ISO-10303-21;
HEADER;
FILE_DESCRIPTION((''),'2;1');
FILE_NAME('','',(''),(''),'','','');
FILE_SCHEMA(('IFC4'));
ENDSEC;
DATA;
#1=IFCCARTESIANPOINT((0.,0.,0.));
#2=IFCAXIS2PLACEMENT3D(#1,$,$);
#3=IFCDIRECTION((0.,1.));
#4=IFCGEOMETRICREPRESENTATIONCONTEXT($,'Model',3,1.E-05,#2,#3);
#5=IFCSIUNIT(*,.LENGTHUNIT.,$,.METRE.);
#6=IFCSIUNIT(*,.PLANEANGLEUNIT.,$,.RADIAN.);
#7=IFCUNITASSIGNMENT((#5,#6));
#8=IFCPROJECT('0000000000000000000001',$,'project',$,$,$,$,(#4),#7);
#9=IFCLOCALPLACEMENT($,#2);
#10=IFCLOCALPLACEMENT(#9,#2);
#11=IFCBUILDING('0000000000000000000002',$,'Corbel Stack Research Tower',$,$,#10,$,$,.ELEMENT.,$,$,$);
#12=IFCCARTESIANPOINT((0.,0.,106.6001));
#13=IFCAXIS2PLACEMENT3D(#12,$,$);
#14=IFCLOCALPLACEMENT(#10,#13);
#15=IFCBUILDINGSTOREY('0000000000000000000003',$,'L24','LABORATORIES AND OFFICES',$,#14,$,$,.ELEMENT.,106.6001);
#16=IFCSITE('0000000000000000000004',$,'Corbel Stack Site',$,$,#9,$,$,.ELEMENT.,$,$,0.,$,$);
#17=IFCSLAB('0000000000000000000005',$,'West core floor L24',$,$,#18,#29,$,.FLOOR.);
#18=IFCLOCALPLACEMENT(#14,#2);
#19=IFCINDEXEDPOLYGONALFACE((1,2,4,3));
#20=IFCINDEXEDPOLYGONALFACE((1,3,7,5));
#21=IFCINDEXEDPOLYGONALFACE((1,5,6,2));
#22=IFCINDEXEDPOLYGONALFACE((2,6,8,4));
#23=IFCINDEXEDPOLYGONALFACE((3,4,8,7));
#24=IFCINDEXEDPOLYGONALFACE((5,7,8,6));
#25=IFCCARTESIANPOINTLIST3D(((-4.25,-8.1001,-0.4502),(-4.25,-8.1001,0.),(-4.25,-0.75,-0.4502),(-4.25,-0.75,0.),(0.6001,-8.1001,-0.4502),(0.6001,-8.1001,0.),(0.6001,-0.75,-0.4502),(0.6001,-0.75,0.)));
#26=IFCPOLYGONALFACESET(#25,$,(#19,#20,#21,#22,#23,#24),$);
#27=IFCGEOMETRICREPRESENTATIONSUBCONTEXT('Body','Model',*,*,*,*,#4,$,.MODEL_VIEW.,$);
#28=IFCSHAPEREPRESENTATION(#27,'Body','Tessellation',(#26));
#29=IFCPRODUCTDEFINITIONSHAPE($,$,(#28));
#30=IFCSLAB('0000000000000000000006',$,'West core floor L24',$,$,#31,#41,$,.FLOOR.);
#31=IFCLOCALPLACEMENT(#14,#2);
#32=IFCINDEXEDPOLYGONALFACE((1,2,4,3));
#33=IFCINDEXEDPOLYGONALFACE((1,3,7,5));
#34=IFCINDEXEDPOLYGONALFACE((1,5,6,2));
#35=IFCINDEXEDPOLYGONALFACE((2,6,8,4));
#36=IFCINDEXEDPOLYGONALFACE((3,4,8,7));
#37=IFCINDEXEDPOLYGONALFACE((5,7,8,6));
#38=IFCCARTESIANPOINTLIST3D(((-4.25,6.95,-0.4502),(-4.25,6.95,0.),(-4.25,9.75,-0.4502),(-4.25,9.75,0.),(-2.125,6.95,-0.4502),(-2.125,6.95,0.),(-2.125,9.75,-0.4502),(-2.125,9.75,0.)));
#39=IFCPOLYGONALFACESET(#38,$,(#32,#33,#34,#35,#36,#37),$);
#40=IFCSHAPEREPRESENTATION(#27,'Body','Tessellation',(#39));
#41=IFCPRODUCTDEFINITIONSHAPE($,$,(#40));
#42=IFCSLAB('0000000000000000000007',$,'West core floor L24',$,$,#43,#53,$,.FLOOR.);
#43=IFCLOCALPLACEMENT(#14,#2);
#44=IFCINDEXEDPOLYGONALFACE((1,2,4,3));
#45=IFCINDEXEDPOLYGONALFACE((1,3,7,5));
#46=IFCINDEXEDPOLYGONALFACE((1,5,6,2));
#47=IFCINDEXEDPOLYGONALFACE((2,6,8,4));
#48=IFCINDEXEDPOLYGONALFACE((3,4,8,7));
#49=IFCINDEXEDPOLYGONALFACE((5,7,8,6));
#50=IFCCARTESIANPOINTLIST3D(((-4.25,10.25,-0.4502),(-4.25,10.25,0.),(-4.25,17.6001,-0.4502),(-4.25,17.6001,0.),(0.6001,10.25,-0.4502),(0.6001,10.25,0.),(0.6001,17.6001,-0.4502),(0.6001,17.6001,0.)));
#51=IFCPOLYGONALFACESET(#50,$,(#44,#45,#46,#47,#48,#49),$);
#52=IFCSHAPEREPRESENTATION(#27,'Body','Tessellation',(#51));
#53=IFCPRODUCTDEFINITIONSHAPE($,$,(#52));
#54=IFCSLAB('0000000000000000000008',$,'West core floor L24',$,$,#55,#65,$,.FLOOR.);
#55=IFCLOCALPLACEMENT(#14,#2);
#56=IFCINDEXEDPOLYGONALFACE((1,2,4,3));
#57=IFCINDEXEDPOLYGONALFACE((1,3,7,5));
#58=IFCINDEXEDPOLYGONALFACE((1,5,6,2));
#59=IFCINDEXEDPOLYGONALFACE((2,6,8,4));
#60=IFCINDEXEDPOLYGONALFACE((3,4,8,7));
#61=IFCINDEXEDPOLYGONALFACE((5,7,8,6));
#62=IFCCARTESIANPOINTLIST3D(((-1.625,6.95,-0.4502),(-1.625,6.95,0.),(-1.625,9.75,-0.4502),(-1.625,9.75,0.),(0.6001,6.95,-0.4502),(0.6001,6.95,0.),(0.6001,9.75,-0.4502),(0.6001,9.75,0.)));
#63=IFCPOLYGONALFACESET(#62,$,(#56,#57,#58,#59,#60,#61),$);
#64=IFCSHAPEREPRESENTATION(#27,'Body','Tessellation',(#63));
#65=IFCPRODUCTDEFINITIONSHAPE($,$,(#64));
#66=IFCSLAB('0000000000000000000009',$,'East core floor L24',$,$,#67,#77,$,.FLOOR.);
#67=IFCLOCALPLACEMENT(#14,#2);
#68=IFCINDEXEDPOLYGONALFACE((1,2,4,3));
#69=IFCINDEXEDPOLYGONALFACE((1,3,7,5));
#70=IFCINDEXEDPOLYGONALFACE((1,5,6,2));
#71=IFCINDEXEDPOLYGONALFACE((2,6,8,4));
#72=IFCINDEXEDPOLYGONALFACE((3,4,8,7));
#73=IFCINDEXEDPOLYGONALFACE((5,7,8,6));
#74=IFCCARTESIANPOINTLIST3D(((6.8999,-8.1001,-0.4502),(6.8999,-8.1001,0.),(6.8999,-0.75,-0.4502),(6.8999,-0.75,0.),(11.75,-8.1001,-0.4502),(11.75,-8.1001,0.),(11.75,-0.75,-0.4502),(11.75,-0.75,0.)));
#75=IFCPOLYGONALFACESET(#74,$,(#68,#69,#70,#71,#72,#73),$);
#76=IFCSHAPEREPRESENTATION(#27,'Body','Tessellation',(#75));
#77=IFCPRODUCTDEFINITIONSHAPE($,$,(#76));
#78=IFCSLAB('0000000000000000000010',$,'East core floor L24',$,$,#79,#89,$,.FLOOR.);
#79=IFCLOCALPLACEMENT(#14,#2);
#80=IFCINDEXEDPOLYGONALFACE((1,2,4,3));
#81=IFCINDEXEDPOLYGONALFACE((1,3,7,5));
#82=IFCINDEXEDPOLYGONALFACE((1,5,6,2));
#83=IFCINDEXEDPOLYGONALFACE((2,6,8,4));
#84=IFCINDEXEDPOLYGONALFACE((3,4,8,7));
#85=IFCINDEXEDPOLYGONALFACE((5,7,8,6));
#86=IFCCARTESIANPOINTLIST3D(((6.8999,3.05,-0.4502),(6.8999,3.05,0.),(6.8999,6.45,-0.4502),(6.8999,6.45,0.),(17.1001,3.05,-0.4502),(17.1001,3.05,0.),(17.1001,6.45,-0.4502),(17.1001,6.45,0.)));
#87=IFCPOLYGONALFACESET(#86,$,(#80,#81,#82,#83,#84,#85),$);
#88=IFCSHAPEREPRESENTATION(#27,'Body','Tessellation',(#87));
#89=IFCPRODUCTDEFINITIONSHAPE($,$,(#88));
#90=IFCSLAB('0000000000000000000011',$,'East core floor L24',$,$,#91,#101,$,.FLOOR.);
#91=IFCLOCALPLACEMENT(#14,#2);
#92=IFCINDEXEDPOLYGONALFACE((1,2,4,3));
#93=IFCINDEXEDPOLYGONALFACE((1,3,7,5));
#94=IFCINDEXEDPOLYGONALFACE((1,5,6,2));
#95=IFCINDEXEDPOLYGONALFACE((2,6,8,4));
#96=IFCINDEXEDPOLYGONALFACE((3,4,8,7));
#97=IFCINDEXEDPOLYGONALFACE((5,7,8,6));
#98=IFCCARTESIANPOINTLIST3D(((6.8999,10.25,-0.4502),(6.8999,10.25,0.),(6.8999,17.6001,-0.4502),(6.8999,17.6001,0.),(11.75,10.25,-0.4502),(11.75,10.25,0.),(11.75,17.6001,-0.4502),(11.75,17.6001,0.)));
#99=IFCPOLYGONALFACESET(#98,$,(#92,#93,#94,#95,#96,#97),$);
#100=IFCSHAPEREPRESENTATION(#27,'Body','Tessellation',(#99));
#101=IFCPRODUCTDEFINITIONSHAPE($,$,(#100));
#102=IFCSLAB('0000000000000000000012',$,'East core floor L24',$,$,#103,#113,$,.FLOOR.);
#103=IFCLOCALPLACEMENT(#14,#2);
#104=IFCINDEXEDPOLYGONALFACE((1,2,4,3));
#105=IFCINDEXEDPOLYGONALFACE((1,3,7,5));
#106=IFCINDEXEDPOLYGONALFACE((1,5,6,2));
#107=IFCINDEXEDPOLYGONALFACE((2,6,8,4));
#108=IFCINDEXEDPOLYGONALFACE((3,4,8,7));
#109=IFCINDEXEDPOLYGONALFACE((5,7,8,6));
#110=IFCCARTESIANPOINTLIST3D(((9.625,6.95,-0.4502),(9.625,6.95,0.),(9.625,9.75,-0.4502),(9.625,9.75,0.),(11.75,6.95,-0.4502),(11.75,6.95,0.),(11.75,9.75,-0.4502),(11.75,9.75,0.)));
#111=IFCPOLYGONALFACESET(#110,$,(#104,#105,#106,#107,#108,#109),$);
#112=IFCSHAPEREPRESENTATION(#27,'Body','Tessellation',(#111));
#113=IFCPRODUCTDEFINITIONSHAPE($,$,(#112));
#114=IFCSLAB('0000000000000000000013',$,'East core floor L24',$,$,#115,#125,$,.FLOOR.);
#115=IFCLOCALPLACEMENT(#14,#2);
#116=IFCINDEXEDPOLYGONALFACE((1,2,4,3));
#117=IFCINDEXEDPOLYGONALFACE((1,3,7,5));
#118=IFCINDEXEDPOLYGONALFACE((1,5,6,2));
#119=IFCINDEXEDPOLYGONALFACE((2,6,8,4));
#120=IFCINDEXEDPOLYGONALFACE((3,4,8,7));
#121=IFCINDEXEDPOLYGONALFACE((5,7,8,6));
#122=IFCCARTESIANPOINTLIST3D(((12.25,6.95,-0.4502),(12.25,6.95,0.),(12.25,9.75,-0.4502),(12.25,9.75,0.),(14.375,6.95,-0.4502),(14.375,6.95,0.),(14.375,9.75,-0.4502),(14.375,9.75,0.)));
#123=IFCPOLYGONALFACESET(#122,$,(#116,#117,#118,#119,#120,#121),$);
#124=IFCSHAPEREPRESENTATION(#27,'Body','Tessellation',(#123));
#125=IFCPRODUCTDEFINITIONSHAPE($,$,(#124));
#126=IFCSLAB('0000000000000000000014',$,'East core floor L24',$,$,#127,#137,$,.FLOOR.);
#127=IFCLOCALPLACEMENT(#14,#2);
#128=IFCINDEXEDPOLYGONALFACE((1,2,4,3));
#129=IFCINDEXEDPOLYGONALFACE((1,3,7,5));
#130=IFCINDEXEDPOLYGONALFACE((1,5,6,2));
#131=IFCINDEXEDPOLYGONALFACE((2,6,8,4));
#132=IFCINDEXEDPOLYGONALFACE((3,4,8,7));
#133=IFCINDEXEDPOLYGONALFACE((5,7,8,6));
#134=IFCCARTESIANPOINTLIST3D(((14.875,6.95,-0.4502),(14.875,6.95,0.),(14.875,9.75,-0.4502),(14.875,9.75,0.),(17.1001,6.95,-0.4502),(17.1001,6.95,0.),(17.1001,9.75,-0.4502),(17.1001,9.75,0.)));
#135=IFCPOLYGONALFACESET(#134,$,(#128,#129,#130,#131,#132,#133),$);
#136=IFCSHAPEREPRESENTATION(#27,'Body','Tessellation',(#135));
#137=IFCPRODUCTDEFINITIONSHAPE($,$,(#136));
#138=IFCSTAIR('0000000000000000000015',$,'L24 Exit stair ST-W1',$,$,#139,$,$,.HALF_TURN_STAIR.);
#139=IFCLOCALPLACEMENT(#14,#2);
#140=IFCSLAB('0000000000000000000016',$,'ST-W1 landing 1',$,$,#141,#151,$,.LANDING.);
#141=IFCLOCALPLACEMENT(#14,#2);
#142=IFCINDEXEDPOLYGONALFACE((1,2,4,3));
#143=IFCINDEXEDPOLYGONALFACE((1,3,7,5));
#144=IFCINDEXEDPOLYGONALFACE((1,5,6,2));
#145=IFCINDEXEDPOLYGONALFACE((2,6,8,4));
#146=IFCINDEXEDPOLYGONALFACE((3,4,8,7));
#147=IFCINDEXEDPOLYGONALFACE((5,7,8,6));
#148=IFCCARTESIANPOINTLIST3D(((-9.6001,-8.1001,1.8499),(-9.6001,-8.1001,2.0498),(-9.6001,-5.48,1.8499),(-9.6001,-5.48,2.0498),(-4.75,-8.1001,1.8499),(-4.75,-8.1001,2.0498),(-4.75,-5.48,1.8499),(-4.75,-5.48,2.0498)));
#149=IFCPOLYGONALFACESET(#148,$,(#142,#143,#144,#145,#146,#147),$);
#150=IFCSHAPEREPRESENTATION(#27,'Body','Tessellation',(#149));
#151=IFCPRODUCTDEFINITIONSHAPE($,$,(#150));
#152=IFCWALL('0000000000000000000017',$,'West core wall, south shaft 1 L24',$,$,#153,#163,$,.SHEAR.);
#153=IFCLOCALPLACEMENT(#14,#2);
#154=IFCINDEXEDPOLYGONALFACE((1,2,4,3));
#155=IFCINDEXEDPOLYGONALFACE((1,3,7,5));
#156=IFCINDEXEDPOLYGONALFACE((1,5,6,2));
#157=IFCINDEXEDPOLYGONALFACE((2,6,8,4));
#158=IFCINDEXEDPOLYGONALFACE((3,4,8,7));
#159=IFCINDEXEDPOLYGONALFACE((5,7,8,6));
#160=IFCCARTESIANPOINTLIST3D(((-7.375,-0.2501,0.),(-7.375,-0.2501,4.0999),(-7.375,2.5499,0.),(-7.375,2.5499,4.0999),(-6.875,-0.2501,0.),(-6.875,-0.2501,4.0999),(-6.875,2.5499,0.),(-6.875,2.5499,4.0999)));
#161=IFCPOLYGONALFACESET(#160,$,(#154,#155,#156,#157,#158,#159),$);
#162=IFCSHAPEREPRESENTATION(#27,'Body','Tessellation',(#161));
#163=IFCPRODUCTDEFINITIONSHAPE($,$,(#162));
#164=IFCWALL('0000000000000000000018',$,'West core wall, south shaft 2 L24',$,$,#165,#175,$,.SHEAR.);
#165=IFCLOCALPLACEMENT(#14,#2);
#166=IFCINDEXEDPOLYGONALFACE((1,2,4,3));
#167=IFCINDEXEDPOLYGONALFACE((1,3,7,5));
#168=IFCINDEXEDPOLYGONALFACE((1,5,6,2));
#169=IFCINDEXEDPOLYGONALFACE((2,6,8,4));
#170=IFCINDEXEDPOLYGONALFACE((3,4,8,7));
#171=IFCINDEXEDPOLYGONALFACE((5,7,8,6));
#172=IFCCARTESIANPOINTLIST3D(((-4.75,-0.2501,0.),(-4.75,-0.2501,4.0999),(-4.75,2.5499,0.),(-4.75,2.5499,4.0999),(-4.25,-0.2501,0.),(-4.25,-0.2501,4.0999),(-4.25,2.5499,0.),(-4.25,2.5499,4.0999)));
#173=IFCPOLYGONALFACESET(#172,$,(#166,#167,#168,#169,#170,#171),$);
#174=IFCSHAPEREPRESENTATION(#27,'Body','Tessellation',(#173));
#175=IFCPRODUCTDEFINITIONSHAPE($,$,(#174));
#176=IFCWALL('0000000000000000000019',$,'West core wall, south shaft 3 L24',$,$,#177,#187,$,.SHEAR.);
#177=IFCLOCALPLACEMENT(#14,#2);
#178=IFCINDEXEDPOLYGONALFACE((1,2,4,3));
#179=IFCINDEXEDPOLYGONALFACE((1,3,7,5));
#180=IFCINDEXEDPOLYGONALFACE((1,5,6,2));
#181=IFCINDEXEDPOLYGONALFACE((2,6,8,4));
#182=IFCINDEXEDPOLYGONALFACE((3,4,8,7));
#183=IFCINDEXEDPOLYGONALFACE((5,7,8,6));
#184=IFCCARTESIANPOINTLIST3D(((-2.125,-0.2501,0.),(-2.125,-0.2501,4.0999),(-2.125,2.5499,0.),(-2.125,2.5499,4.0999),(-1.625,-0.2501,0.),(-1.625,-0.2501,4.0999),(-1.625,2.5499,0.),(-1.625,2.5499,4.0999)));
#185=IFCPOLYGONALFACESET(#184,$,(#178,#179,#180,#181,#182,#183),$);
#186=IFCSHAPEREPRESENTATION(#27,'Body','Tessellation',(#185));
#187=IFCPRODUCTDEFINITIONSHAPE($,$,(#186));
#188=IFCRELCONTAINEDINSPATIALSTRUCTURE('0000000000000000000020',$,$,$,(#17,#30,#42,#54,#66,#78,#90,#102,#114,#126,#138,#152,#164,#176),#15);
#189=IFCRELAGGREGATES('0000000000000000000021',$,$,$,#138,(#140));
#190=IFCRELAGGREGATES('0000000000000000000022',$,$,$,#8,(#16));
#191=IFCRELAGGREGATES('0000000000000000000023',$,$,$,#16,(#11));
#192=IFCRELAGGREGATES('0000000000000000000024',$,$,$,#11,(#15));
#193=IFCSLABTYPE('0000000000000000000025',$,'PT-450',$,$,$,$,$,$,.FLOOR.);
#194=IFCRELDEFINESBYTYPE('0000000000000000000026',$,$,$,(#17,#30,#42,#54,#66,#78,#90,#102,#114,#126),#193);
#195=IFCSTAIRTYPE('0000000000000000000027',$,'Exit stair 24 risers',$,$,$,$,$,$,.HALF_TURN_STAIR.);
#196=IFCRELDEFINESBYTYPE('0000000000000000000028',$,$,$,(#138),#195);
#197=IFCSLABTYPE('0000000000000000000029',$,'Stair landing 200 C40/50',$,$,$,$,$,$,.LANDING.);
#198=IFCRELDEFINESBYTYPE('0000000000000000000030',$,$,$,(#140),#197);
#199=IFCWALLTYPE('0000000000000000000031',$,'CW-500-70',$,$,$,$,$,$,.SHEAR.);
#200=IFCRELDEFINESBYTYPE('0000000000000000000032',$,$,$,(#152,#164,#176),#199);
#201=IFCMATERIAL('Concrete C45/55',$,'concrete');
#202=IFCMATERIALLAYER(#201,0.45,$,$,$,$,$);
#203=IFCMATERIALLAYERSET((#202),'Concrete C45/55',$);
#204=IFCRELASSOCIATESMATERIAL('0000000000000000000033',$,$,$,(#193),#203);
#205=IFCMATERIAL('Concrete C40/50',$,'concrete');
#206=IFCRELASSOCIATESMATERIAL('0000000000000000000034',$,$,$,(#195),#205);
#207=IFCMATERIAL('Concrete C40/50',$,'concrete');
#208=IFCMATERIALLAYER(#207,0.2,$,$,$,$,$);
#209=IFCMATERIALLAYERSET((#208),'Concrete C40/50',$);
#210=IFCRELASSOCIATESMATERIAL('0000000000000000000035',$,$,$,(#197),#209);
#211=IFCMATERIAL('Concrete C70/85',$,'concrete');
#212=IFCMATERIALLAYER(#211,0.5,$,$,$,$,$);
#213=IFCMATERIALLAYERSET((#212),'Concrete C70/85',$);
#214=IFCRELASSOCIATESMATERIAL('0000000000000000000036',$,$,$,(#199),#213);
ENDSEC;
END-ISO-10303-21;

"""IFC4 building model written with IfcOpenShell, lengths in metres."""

from ifc_helpers import new_model, si_unit, direction, frame, frame_2d, origin, place, context, subcontext, project, spatial, polyline, rectangle, outline, extrude, material, layer, layer_set, type_object, element, aggregate, save


model = new_model("IFC4")

# Units and contexts
model_context = context("Model", 3, precision=1e-05, world=origin(), true_north=direction((0.0, 1.0)))
body_context = subcontext(model_context, "Body", "Model", "MODEL_VIEW")
ifc_project = project(units=[si_unit("LENGTHUNIT", "METRE"), si_unit("PLANEANGLEUNIT", "RADIAN")], contexts=[model_context])

# Site, building, storey
site_placement = place(None, origin())
site = spatial("IfcSite", under=ifc_project, at=site_placement, Name="Corbel Stack Site", CompositionType="ELEMENT", RefElevation=0.0)
building_placement = place(site_placement, origin())
building = spatial("IfcBuilding", under=site, at=building_placement, Name="Corbel Stack Research Tower", CompositionType="ELEMENT")
storey_placement = place(building_placement, frame((0.0, 0.0, 106.6001)))
storey = spatial("IfcBuildingStorey", under=building, at=storey_placement, Name="L24", Description="LABORATORIES AND OFFICES", CompositionType="ELEMENT", Elevation=106.6001)

# Slabs
ifc_material_1 = material(Name="Concrete C45/55", Category="concrete")
ifc_layer_1 = layer(ifc_material_1, 0.45)
ifc_layer_set_1 = layer_set([ifc_layer_1], Name="Concrete C45/55")
slab_type_1 = type_object("IfcSlabType", Name="PT-450", PredefinedType="FLOOR", material=ifc_layer_set_1)
slab_1_placement = place(storey_placement, frame((0.0, 0.0, -0.4502)))
element("IfcSlab", 1, at=slab_1_placement, inside=storey, type_object=slab_type_1, Name="West core floor L24", PredefinedType="FLOOR", context=body_context, shape_type="SweptSolid", body=[
    extrude(outline(polyline([(0.6001, -8.1001), (0.6001, -0.75), (-4.25, -0.75), (-4.25, -8.1001), (0.6001, -8.1001)])), origin(), (0.0, 0.0, 1.0), 0.4502),
])
slab_2_placement = place(storey_placement, frame((0.0, 0.0, -0.4502)))
element("IfcSlab", 2, at=slab_2_placement, inside=storey, type_object=slab_type_1, Name="West core floor L24", PredefinedType="FLOOR", context=body_context, shape_type="SweptSolid", body=[
    extrude(outline(polyline([(-2.125, 6.95), (-2.125, 9.75), (-4.25, 9.75), (-4.25, 6.95), (-2.125, 6.95)])), origin(), (0.0, 0.0, 1.0), 0.4502),
])
slab_3_placement = place(storey_placement, frame((0.0, 0.0, -0.4502)))
element("IfcSlab", 3, at=slab_3_placement, inside=storey, type_object=slab_type_1, Name="West core floor L24", PredefinedType="FLOOR", context=body_context, shape_type="SweptSolid", body=[
    extrude(outline(polyline([(0.6001, 17.6001), (-4.25, 17.6001), (-4.25, 10.25), (0.6001, 10.25), (0.6001, 17.6001)])), origin(), (0.0, 0.0, 1.0), 0.4502),
])
slab_4_placement = place(storey_placement, frame((0.0, 0.0, -0.4502)))
element("IfcSlab", 4, at=slab_4_placement, inside=storey, type_object=slab_type_1, Name="West core floor L24", PredefinedType="FLOOR", context=body_context, shape_type="SweptSolid", body=[
    extrude(outline(polyline([(0.6001, 9.75), (-1.625, 9.75), (-1.625, 6.95), (0.6001, 6.95), (0.6001, 9.75)])), origin(), (0.0, 0.0, 1.0), 0.4502),
])
slab_5_placement = place(storey_placement, frame((0.0, 0.0, -0.4502)))
element("IfcSlab", 5, at=slab_5_placement, inside=storey, type_object=slab_type_1, Name="East core floor L24", PredefinedType="FLOOR", context=body_context, shape_type="SweptSolid", body=[
    extrude(outline(polyline([(11.75, -0.75), (6.8999, -0.75), (6.8999, -8.1001), (11.75, -8.1001), (11.75, -0.75)])), origin(), (0.0, 0.0, 1.0), 0.4502),
])
slab_6_placement = place(storey_placement, frame((0.0, 0.0, -0.4502)))
element("IfcSlab", 6, at=slab_6_placement, inside=storey, type_object=slab_type_1, Name="East core floor L24", PredefinedType="FLOOR", context=body_context, shape_type="SweptSolid", body=[
    extrude(outline(polyline([(6.8999, 6.45), (6.8999, 3.05), (17.1001, 3.05), (17.1001, 6.45), (6.8999, 6.45)])), origin(), (0.0, 0.0, 1.0), 0.4502),
])
slab_7_placement = place(storey_placement, frame((0.0, 0.0, -0.4502)))
element("IfcSlab", 7, at=slab_7_placement, inside=storey, type_object=slab_type_1, Name="East core floor L24", PredefinedType="FLOOR", context=body_context, shape_type="SweptSolid", body=[
    extrude(outline(polyline([(6.8999, 17.6001), (6.8999, 10.25), (11.75, 10.25), (11.75, 17.6001), (6.8999, 17.6001)])), origin(), (0.0, 0.0, 1.0), 0.4502),
])
slab_8_placement = place(storey_placement, frame((0.0, 0.0, -0.4502)))
element("IfcSlab", 8, at=slab_8_placement, inside=storey, type_object=slab_type_1, Name="East core floor L24", PredefinedType="FLOOR", context=body_context, shape_type="SweptSolid", body=[
    extrude(outline(polyline([(9.625, 6.95), (11.75, 6.95), (11.75, 9.75), (9.625, 9.75), (9.625, 6.95)])), origin(), (0.0, 0.0, 1.0), 0.4502),
])
slab_9_placement = place(storey_placement, frame((0.0, 0.0, -0.4502)))
element("IfcSlab", 9, at=slab_9_placement, inside=storey, type_object=slab_type_1, Name="East core floor L24", PredefinedType="FLOOR", context=body_context, shape_type="SweptSolid", body=[
    extrude(outline(polyline([(14.375, 6.95), (14.375, 9.75), (12.25, 9.75), (12.25, 6.95), (14.375, 6.95)])), origin(), (0.0, 0.0, 1.0), 0.4502),
])
slab_10_placement = place(storey_placement, frame((0.0, 0.0, -0.4502)))
element("IfcSlab", 10, at=slab_10_placement, inside=storey, type_object=slab_type_1, Name="East core floor L24", PredefinedType="FLOOR", context=body_context, shape_type="SweptSolid", body=[
    extrude(outline(polyline([(17.1001, 6.95), (17.1001, 9.75), (14.875, 9.75), (14.875, 6.95), (17.1001, 6.95)])), origin(), (0.0, 0.0, 1.0), 0.4502),
])

# Stair, slab
ifc_material_2 = material(Name="Concrete C40/50", Category="concrete")
stair_type = type_object("IfcStairType", Name="Exit stair 24 risers", PredefinedType="HALF_TURN_STAIR", material=ifc_material_2)
stair_placement = place(storey_placement, origin())
stair = element("IfcStair", 11, at=stair_placement, inside=storey, type_object=stair_type, Name="L24 Exit stair ST-W1", PredefinedType="HALF_TURN_STAIR")
ifc_material_3 = material(Name="Concrete C40/50", Category="concrete")
ifc_layer_2 = layer(ifc_material_3, 0.2)
ifc_layer_set_2 = layer_set([ifc_layer_2], Name="Concrete C40/50")
slab_type_2 = type_object("IfcSlabType", Name="Stair landing 200 C40/50", PredefinedType="LANDING", material=ifc_layer_set_2)
slab_11_placement = place(storey_placement, frame((0.0, 0.0, 1.8499)))
slab_11 = element("IfcSlab", 12, at=slab_11_placement, type_object=slab_type_2, Name="ST-W1 landing 1", PredefinedType="LANDING", context=body_context, shape_type="SweptSolid", body=[
    extrude(outline(polyline([(-9.6001, -8.1001), (-9.6001, -5.48), (-4.75, -5.48), (-4.75, -8.1001), (-9.6001, -8.1001)])), origin(), (0.0, 0.0, 1.0), 0.2),
])
aggregate(stair, [slab_11])

# Walls
ifc_material_4 = material(Name="Concrete C70/85", Category="concrete")
ifc_layer_3 = layer(ifc_material_4, 0.5)
ifc_layer_set_3 = layer_set([ifc_layer_3], Name="Concrete C70/85")
wall_type = type_object("IfcWallType", Name="CW-500-70", PredefinedType="SHEAR", material=ifc_layer_set_3)
for number, where, z_axis, x_axis, name in (
    (13, (-7.125, -0.25, 0.0), (0.0, 0.0, 1.0), (0.0, 1.0, 0.0), "West core wall, south shaft 1 L24"),
    (14, (-4.5, -0.25, 0.0), (0.0, 0.0, 1.0), (0.0, 1.0, 0.0), "West core wall, south shaft 2 L24"),
    (15, (-1.875, -0.25, 0.0), (0.0, 0.0, 1.0), (0.0, 1.0, 0.0), "West core wall, south shaft 3 L24"),
):
    element("IfcWall", number, at=place(storey_placement, frame(where, z_axis=z_axis, x_axis=x_axis)), inside=storey, type_object=wall_type, Name=name, PredefinedType="SHEAR", context=body_context, shape_type="SweptSolid", body=[
        extrude(rectangle(XDim=2.8, YDim=0.5, at=frame_2d((1.3999, 0.0))), origin(), (0.0, 0.0, 1.0), 4.0999),
    ])

save(model, "model.ifc")
